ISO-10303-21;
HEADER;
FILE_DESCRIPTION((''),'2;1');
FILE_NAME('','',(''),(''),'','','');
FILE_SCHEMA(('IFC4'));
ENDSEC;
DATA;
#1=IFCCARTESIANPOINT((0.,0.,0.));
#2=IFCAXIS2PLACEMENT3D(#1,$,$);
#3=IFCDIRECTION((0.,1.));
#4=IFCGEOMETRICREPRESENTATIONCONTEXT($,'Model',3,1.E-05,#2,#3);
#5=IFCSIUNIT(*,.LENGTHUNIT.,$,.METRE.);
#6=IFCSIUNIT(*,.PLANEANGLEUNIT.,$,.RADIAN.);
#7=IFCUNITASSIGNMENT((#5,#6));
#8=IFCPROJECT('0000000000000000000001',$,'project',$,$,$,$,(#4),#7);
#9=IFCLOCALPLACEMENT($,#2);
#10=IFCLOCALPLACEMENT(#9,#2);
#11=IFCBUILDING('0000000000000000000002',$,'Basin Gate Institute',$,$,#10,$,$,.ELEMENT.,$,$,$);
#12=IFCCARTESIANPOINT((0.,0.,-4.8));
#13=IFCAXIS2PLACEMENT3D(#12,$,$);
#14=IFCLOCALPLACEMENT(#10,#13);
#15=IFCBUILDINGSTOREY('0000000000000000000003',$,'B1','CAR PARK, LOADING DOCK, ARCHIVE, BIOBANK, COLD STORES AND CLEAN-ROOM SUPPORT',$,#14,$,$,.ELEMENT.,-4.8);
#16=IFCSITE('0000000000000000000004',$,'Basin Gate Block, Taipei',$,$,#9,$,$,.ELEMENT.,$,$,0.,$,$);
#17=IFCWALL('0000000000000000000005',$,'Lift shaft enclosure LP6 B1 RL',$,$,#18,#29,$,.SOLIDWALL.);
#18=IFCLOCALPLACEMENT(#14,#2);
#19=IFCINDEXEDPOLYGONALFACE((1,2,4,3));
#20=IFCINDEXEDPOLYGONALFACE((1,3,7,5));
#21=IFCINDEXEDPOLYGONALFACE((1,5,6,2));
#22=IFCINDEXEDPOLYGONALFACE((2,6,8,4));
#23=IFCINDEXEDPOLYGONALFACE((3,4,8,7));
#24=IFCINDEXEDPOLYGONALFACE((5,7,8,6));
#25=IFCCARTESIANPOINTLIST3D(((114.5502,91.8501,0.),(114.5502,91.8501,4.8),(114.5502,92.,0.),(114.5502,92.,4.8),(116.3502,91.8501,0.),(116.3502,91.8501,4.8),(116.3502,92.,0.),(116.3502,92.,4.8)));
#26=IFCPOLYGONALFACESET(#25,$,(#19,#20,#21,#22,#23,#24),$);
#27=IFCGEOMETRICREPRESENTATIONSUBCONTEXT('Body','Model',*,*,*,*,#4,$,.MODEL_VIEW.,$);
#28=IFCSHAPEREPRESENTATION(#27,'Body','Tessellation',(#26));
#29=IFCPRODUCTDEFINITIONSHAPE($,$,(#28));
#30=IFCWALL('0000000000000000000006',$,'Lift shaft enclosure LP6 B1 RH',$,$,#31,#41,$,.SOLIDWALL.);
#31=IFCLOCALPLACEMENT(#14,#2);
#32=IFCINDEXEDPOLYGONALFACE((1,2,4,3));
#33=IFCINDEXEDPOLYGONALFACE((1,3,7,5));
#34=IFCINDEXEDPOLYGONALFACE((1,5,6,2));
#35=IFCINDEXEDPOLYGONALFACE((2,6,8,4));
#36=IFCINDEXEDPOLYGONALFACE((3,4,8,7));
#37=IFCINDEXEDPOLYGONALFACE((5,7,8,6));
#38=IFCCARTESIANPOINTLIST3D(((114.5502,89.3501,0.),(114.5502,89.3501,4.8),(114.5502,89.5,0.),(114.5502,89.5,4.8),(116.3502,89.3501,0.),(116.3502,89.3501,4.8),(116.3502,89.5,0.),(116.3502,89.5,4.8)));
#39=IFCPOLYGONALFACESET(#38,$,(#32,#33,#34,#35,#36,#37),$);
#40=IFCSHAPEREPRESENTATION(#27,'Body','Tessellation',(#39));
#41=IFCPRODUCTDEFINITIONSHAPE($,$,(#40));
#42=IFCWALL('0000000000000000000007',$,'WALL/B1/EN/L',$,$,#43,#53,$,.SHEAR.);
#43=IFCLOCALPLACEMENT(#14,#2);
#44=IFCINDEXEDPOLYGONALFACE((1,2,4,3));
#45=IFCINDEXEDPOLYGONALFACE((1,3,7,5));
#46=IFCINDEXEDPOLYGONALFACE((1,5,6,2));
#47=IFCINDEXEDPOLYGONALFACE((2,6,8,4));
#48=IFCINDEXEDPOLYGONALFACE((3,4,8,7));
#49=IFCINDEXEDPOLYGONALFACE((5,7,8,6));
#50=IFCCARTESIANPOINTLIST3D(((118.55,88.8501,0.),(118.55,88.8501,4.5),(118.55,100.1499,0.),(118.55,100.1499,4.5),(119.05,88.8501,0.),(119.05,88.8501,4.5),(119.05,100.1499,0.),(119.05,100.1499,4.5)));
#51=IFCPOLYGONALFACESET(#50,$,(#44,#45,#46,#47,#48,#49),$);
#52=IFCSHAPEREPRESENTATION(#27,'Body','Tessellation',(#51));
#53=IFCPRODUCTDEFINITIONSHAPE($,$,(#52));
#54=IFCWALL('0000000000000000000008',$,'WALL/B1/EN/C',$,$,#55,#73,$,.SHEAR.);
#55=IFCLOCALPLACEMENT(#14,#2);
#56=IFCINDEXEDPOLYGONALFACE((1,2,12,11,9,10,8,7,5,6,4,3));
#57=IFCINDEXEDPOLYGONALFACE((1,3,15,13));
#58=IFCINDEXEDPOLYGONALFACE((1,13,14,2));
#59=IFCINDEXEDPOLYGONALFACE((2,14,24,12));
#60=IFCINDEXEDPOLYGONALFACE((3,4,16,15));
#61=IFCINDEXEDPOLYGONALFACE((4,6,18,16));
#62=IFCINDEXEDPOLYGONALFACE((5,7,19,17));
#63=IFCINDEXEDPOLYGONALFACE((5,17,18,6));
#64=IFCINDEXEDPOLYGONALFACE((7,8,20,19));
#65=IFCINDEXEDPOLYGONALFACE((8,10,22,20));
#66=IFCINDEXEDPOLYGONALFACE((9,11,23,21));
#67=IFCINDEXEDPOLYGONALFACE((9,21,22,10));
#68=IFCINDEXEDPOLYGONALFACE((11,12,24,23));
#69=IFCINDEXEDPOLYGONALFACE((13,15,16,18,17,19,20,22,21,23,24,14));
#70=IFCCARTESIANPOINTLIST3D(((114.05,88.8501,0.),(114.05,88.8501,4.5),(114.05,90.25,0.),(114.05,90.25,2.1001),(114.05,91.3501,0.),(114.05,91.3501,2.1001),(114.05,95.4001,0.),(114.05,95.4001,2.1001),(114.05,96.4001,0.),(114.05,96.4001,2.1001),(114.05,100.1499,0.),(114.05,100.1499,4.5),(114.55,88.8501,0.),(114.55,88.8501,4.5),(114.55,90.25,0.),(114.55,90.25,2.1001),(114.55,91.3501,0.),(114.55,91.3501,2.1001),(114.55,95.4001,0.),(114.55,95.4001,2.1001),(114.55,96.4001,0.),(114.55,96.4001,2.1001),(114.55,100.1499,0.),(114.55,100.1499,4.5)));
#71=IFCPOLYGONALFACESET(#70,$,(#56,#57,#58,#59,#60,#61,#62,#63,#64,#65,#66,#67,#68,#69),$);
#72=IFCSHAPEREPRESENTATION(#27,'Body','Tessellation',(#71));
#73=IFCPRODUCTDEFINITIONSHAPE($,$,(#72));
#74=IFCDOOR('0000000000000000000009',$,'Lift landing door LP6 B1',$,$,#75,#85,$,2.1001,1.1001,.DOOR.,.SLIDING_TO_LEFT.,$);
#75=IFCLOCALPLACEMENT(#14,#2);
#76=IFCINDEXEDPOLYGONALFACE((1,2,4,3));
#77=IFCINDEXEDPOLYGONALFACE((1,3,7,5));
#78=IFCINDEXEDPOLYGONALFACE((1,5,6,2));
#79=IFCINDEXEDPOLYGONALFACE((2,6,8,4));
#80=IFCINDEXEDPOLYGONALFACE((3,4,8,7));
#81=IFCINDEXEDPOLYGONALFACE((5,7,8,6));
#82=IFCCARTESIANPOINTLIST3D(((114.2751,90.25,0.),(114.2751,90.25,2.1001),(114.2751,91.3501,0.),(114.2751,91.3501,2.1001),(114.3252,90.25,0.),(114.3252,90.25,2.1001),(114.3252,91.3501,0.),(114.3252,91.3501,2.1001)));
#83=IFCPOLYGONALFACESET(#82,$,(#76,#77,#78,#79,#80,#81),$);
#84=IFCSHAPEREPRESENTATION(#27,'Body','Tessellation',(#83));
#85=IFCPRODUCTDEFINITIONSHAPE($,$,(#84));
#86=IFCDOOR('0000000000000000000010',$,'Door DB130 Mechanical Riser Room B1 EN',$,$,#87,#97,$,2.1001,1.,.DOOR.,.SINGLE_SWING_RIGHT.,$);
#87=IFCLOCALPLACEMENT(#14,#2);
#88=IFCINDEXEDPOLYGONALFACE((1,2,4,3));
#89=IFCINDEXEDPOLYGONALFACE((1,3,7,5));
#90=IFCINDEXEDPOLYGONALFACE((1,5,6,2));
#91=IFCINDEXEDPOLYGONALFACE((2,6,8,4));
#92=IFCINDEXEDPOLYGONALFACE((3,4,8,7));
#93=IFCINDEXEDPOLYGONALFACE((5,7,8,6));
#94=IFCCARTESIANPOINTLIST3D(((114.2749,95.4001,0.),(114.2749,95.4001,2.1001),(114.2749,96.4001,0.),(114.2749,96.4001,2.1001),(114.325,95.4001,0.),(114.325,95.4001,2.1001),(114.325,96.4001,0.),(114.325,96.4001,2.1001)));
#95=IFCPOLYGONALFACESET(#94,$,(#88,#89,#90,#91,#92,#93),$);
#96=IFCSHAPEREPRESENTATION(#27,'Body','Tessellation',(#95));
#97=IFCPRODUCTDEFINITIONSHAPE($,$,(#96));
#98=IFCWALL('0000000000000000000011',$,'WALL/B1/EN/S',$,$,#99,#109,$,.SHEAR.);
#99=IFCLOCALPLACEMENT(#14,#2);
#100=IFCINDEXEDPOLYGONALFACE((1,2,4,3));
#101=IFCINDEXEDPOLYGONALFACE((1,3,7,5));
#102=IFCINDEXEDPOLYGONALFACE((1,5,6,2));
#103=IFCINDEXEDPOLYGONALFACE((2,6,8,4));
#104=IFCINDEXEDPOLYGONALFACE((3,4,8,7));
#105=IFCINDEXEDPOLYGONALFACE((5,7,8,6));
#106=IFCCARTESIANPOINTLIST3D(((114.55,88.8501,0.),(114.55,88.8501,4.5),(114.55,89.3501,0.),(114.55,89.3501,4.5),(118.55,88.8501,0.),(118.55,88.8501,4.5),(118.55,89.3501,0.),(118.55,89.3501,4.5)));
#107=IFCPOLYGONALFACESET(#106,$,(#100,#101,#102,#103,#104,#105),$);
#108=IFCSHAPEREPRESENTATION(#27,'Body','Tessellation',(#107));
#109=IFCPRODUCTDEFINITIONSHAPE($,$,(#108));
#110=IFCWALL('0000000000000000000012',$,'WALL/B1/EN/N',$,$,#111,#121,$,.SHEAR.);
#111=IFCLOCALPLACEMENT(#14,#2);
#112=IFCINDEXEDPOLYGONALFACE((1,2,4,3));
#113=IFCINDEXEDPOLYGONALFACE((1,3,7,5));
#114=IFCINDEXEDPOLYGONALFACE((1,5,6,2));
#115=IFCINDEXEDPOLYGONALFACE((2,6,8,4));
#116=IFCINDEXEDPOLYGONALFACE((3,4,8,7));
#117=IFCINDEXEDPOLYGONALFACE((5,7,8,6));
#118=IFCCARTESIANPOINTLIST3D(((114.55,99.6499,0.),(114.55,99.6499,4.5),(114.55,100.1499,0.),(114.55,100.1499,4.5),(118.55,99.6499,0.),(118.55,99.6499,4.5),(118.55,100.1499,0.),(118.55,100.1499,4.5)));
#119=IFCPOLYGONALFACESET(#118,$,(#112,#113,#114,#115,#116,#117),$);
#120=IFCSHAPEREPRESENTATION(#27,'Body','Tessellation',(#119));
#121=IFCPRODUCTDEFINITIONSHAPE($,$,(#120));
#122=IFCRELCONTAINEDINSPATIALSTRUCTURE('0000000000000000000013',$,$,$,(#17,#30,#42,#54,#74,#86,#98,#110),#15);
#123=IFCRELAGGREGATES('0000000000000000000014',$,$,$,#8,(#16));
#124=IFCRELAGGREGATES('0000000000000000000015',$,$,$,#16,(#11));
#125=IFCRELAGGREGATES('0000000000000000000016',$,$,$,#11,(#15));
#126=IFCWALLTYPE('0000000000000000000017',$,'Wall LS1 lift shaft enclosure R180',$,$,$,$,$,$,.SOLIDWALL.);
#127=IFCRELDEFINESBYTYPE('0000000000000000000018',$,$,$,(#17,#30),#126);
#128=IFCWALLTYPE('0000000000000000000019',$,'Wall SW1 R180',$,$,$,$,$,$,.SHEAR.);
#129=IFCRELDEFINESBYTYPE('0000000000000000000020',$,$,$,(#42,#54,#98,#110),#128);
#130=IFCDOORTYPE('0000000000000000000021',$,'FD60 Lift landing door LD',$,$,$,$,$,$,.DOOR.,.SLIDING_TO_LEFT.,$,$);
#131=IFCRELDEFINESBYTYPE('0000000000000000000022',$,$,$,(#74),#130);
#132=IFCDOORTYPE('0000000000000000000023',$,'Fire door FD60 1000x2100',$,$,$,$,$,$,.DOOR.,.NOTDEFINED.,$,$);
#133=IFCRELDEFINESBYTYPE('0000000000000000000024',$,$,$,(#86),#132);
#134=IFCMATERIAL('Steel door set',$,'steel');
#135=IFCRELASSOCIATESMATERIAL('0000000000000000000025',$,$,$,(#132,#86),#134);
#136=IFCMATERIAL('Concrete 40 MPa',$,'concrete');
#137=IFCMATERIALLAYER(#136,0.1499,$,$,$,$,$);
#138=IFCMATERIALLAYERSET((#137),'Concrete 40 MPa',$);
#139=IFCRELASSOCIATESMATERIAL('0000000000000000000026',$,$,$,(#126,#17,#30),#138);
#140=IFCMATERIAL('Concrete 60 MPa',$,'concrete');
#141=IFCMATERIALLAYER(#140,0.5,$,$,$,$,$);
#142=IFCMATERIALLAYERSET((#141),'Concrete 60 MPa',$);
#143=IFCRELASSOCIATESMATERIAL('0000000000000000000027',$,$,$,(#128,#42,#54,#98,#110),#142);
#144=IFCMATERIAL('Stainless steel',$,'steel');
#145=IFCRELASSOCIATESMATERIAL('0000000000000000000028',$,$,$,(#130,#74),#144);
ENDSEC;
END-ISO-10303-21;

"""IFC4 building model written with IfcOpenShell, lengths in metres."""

from ifc_helpers import new_model, si_unit, direction, frame, frame_2d, origin, place, context, subcontext, project, spatial, rectangle, extrude, material, layer, layer_set, type_object, element, fill, save


model = new_model("IFC4")

# Units and contexts
model_context = context("Model", 3, precision=1e-05, world=origin(), true_north=direction((0.0, 1.0)))
body_context = subcontext(model_context, "Body", "Model", "MODEL_VIEW")
ifc_project = project(units=[si_unit("LENGTHUNIT", "METRE"), si_unit("PLANEANGLEUNIT", "RADIAN")], contexts=[model_context])

# Site, building, storey
site_placement = place(None, origin())
site = spatial("IfcSite", under=ifc_project, at=site_placement, Name="Basin Gate Block, Taipei", CompositionType="ELEMENT", RefElevation=0.0)
building_placement = place(site_placement, origin())
building = spatial("IfcBuilding", under=site, at=building_placement, Name="Basin Gate Institute", CompositionType="ELEMENT")
storey_placement = place(building_placement, frame((0.0, 0.0, -4.8)))
storey = spatial("IfcBuildingStorey", under=building, at=storey_placement, Name="B1", Description="CAR PARK, LOADING DOCK, ARCHIVE, BIOBANK, COLD STORES AND CLEAN-ROOM SUPPORT", CompositionType="ELEMENT", Elevation=-4.8)

# Shared definitions
ifc_material_1 = material(Name="Steel door set", Category="steel")
door_type_1 = type_object("IfcDoorType", Name="Fire door FD60 1000x2100", OperationType="NOTDEFINED", PredefinedType="DOOR", material=ifc_material_1)

# Walls
ifc_material_2 = material(Name="Concrete 40 MPa", Category="concrete")
ifc_layer_1 = layer(ifc_material_2, 0.1499)
ifc_layer_set_1 = layer_set([ifc_layer_1], Name="Concrete 40 MPa")
wall_type_1 = type_object("IfcWallType", Name="Wall LS1 lift shaft enclosure R180", PredefinedType="SOLIDWALL", material=ifc_layer_set_1)
for number, where, z_axis, x_axis, name in (
    (1, (116.3501, 91.925, 0.0), (0.0, 0.0, 1.0), (-1.0, 0.0, 0.0), "Lift shaft enclosure LP6 B1 RL"),
    (2, (116.3501, 89.425, 0.0), (0.0, 0.0, 1.0), (-1.0, 0.0, 0.0), "Lift shaft enclosure LP6 B1 RH"),
):
    element("IfcWall", number, at=place(storey_placement, frame(where, z_axis=z_axis, x_axis=x_axis)), inside=storey, type_object=wall_type_1, material=ifc_layer_set_1, Name=name, PredefinedType="SOLIDWALL", context=body_context, shape_type="SweptSolid", body=[
        extrude(rectangle(XDim=1.8, YDim=0.1499, at=frame_2d((0.8999, 0.0))), origin(), (0.0, 0.0, 1.0), 4.8),
    ])
ifc_material_3 = material(Name="Concrete 60 MPa", Category="concrete")
ifc_layer_2 = layer(ifc_material_3, 0.5)
ifc_layer_set_2 = layer_set([ifc_layer_2], Name="Concrete 60 MPa")
wall_type_2 = type_object("IfcWallType", Name="Wall SW1 R180", PredefinedType="SHEAR", material=ifc_layer_set_2)
wall_1_placement = place(storey_placement, frame((118.8, 88.8501, 0.0), z_axis=(0.0, 0.0, 1.0), x_axis=(0.0, 1.0, 0.0)))
element("IfcWall", 3, at=wall_1_placement, inside=storey, type_object=wall_type_2, material=ifc_layer_set_2, Name="WALL/B1/EN/L", PredefinedType="SHEAR", context=body_context, shape_type="SweptSolid", body=[
    extrude(rectangle(XDim=11.2998, YDim=0.5, at=frame_2d((5.6499, 0.0))), origin(), (0.0, 0.0, 1.0), 4.5),
])

# Wall, openings, doors
wall_2_placement = place(storey_placement, frame((114.3, 88.8501, 0.0), z_axis=(0.0, 0.0, 1.0), x_axis=(0.0, 1.0, 0.0)))
wall_2 = element("IfcWall", 4, at=wall_2_placement, inside=storey, type_object=wall_type_2, material=ifc_layer_set_2, Name="WALL/B1/EN/C", PredefinedType="SHEAR", context=body_context, shape_type="SweptSolid", body=[
    extrude(rectangle(XDim=11.2998, YDim=0.5, at=frame_2d((5.6499, 0.0))), origin(), (0.0, 0.0, 1.0), 4.5),
])
opening_1_placement = place(wall_2_placement, frame((1.3999, 0.0, 0.0)))
opening_1 = element("IfcOpeningElement", 5, at=opening_1_placement, cuts=wall_2, PredefinedType="OPENING", context=body_context, shape_type="SweptSolid", body=[
    extrude(rectangle(XDim=1.1001, YDim=2.1001, at=frame_2d((0.55, 1.05))), frame((0.0, 0.26, 0.0), z_axis=(0.0, -1.0, 0.0), x_axis=(1.0, 0.0, 0.0)), (0.0, 0.0, 1.0), 0.52),
])
opening_2_placement = place(wall_2_placement, frame((6.55, 0.0, 0.0)))
opening_2 = element("IfcOpeningElement", 6, at=opening_2_placement, cuts=wall_2, PredefinedType="OPENING", context=body_context, shape_type="SweptSolid", body=[
    extrude(rectangle(XDim=1.0, YDim=2.1001, at=frame_2d((0.5, 1.05))), frame((0.0, 0.26, 0.0), z_axis=(0.0, -1.0, 0.0), x_axis=(1.0, 0.0, 0.0)), (0.0, 0.0, 1.0), 0.52),
])
ifc_material_4 = material(Name="Stainless steel", Category="steel")
door_type_2 = type_object("IfcDoorType", Name="FD60 Lift landing door LD", OperationType="SLIDING_TO_LEFT", PredefinedType="DOOR", material=ifc_material_4)
door_1_placement = place(opening_1_placement, origin())
door_1 = element("IfcDoor", 7, at=door_1_placement, inside=storey, type_object=door_type_2, material=ifc_material_4, Name="Lift landing door LP6 B1", OperationType="SLIDING_TO_LEFT", OverallHeight=2.1001, OverallWidth=1.1001, PredefinedType="DOOR", context=body_context, shape_type="SweptSolid", body=[
    extrude(rectangle(XDim=1.1001, YDim=2.1001, at=frame_2d((0.55, 1.05))), frame((0.0, 0.0249, 0.0), z_axis=(0.0, -1.0, 0.0), x_axis=(1.0, 0.0, 0.0)), (0.0, 0.0, 1.0), 0.05),
])
fill(opening_1, door_1)
door_2_placement = place(opening_2_placement, frame((1.0, 0.0, 0.0), z_axis=(0.0, 0.0, 1.0), x_axis=(-1.0, 0.0, 0.0)))
door_2 = element("IfcDoor", 8, at=door_2_placement, inside=storey, type_object=door_type_1, material=ifc_material_1, Name="Door DB130 Mechanical Riser Room B1 EN", OperationType="SINGLE_SWING_RIGHT", OverallHeight=2.1001, OverallWidth=1.0, PredefinedType="DOOR", context=body_context, shape_type="SweptSolid", body=[
    extrude(rectangle(XDim=1.0, YDim=2.1001, at=frame_2d((0.5, 1.05))), frame((0.0, 0.0249, 0.0), z_axis=(0.0, -1.0, 0.0), x_axis=(1.0, 0.0, 0.0)), (0.0, 0.0, 1.0), 0.05),
])
fill(opening_2, door_2)

# Walls
for number, where, z_axis, x_axis, name in (
    (9, (118.55, 89.1001, 0.0), (0.0, 0.0, 1.0), (-1.0, 0.0, 0.0), "WALL/B1/EN/S"),
    (10, (118.55, 99.8999, 0.0), (0.0, 0.0, 1.0), (-1.0, 0.0, 0.0), "WALL/B1/EN/N"),
):
    element("IfcWall", number, at=place(storey_placement, frame(where, z_axis=z_axis, x_axis=x_axis)), inside=storey, type_object=wall_type_2, material=ifc_layer_set_2, Name=name, PredefinedType="SHEAR", context=body_context, shape_type="SweptSolid", body=[
        extrude(rectangle(XDim=4.0, YDim=0.5, at=frame_2d((2.0, 0.0))), origin(), (0.0, 0.0, 1.0), 4.5),
    ])

save(model, "model.ifc")
